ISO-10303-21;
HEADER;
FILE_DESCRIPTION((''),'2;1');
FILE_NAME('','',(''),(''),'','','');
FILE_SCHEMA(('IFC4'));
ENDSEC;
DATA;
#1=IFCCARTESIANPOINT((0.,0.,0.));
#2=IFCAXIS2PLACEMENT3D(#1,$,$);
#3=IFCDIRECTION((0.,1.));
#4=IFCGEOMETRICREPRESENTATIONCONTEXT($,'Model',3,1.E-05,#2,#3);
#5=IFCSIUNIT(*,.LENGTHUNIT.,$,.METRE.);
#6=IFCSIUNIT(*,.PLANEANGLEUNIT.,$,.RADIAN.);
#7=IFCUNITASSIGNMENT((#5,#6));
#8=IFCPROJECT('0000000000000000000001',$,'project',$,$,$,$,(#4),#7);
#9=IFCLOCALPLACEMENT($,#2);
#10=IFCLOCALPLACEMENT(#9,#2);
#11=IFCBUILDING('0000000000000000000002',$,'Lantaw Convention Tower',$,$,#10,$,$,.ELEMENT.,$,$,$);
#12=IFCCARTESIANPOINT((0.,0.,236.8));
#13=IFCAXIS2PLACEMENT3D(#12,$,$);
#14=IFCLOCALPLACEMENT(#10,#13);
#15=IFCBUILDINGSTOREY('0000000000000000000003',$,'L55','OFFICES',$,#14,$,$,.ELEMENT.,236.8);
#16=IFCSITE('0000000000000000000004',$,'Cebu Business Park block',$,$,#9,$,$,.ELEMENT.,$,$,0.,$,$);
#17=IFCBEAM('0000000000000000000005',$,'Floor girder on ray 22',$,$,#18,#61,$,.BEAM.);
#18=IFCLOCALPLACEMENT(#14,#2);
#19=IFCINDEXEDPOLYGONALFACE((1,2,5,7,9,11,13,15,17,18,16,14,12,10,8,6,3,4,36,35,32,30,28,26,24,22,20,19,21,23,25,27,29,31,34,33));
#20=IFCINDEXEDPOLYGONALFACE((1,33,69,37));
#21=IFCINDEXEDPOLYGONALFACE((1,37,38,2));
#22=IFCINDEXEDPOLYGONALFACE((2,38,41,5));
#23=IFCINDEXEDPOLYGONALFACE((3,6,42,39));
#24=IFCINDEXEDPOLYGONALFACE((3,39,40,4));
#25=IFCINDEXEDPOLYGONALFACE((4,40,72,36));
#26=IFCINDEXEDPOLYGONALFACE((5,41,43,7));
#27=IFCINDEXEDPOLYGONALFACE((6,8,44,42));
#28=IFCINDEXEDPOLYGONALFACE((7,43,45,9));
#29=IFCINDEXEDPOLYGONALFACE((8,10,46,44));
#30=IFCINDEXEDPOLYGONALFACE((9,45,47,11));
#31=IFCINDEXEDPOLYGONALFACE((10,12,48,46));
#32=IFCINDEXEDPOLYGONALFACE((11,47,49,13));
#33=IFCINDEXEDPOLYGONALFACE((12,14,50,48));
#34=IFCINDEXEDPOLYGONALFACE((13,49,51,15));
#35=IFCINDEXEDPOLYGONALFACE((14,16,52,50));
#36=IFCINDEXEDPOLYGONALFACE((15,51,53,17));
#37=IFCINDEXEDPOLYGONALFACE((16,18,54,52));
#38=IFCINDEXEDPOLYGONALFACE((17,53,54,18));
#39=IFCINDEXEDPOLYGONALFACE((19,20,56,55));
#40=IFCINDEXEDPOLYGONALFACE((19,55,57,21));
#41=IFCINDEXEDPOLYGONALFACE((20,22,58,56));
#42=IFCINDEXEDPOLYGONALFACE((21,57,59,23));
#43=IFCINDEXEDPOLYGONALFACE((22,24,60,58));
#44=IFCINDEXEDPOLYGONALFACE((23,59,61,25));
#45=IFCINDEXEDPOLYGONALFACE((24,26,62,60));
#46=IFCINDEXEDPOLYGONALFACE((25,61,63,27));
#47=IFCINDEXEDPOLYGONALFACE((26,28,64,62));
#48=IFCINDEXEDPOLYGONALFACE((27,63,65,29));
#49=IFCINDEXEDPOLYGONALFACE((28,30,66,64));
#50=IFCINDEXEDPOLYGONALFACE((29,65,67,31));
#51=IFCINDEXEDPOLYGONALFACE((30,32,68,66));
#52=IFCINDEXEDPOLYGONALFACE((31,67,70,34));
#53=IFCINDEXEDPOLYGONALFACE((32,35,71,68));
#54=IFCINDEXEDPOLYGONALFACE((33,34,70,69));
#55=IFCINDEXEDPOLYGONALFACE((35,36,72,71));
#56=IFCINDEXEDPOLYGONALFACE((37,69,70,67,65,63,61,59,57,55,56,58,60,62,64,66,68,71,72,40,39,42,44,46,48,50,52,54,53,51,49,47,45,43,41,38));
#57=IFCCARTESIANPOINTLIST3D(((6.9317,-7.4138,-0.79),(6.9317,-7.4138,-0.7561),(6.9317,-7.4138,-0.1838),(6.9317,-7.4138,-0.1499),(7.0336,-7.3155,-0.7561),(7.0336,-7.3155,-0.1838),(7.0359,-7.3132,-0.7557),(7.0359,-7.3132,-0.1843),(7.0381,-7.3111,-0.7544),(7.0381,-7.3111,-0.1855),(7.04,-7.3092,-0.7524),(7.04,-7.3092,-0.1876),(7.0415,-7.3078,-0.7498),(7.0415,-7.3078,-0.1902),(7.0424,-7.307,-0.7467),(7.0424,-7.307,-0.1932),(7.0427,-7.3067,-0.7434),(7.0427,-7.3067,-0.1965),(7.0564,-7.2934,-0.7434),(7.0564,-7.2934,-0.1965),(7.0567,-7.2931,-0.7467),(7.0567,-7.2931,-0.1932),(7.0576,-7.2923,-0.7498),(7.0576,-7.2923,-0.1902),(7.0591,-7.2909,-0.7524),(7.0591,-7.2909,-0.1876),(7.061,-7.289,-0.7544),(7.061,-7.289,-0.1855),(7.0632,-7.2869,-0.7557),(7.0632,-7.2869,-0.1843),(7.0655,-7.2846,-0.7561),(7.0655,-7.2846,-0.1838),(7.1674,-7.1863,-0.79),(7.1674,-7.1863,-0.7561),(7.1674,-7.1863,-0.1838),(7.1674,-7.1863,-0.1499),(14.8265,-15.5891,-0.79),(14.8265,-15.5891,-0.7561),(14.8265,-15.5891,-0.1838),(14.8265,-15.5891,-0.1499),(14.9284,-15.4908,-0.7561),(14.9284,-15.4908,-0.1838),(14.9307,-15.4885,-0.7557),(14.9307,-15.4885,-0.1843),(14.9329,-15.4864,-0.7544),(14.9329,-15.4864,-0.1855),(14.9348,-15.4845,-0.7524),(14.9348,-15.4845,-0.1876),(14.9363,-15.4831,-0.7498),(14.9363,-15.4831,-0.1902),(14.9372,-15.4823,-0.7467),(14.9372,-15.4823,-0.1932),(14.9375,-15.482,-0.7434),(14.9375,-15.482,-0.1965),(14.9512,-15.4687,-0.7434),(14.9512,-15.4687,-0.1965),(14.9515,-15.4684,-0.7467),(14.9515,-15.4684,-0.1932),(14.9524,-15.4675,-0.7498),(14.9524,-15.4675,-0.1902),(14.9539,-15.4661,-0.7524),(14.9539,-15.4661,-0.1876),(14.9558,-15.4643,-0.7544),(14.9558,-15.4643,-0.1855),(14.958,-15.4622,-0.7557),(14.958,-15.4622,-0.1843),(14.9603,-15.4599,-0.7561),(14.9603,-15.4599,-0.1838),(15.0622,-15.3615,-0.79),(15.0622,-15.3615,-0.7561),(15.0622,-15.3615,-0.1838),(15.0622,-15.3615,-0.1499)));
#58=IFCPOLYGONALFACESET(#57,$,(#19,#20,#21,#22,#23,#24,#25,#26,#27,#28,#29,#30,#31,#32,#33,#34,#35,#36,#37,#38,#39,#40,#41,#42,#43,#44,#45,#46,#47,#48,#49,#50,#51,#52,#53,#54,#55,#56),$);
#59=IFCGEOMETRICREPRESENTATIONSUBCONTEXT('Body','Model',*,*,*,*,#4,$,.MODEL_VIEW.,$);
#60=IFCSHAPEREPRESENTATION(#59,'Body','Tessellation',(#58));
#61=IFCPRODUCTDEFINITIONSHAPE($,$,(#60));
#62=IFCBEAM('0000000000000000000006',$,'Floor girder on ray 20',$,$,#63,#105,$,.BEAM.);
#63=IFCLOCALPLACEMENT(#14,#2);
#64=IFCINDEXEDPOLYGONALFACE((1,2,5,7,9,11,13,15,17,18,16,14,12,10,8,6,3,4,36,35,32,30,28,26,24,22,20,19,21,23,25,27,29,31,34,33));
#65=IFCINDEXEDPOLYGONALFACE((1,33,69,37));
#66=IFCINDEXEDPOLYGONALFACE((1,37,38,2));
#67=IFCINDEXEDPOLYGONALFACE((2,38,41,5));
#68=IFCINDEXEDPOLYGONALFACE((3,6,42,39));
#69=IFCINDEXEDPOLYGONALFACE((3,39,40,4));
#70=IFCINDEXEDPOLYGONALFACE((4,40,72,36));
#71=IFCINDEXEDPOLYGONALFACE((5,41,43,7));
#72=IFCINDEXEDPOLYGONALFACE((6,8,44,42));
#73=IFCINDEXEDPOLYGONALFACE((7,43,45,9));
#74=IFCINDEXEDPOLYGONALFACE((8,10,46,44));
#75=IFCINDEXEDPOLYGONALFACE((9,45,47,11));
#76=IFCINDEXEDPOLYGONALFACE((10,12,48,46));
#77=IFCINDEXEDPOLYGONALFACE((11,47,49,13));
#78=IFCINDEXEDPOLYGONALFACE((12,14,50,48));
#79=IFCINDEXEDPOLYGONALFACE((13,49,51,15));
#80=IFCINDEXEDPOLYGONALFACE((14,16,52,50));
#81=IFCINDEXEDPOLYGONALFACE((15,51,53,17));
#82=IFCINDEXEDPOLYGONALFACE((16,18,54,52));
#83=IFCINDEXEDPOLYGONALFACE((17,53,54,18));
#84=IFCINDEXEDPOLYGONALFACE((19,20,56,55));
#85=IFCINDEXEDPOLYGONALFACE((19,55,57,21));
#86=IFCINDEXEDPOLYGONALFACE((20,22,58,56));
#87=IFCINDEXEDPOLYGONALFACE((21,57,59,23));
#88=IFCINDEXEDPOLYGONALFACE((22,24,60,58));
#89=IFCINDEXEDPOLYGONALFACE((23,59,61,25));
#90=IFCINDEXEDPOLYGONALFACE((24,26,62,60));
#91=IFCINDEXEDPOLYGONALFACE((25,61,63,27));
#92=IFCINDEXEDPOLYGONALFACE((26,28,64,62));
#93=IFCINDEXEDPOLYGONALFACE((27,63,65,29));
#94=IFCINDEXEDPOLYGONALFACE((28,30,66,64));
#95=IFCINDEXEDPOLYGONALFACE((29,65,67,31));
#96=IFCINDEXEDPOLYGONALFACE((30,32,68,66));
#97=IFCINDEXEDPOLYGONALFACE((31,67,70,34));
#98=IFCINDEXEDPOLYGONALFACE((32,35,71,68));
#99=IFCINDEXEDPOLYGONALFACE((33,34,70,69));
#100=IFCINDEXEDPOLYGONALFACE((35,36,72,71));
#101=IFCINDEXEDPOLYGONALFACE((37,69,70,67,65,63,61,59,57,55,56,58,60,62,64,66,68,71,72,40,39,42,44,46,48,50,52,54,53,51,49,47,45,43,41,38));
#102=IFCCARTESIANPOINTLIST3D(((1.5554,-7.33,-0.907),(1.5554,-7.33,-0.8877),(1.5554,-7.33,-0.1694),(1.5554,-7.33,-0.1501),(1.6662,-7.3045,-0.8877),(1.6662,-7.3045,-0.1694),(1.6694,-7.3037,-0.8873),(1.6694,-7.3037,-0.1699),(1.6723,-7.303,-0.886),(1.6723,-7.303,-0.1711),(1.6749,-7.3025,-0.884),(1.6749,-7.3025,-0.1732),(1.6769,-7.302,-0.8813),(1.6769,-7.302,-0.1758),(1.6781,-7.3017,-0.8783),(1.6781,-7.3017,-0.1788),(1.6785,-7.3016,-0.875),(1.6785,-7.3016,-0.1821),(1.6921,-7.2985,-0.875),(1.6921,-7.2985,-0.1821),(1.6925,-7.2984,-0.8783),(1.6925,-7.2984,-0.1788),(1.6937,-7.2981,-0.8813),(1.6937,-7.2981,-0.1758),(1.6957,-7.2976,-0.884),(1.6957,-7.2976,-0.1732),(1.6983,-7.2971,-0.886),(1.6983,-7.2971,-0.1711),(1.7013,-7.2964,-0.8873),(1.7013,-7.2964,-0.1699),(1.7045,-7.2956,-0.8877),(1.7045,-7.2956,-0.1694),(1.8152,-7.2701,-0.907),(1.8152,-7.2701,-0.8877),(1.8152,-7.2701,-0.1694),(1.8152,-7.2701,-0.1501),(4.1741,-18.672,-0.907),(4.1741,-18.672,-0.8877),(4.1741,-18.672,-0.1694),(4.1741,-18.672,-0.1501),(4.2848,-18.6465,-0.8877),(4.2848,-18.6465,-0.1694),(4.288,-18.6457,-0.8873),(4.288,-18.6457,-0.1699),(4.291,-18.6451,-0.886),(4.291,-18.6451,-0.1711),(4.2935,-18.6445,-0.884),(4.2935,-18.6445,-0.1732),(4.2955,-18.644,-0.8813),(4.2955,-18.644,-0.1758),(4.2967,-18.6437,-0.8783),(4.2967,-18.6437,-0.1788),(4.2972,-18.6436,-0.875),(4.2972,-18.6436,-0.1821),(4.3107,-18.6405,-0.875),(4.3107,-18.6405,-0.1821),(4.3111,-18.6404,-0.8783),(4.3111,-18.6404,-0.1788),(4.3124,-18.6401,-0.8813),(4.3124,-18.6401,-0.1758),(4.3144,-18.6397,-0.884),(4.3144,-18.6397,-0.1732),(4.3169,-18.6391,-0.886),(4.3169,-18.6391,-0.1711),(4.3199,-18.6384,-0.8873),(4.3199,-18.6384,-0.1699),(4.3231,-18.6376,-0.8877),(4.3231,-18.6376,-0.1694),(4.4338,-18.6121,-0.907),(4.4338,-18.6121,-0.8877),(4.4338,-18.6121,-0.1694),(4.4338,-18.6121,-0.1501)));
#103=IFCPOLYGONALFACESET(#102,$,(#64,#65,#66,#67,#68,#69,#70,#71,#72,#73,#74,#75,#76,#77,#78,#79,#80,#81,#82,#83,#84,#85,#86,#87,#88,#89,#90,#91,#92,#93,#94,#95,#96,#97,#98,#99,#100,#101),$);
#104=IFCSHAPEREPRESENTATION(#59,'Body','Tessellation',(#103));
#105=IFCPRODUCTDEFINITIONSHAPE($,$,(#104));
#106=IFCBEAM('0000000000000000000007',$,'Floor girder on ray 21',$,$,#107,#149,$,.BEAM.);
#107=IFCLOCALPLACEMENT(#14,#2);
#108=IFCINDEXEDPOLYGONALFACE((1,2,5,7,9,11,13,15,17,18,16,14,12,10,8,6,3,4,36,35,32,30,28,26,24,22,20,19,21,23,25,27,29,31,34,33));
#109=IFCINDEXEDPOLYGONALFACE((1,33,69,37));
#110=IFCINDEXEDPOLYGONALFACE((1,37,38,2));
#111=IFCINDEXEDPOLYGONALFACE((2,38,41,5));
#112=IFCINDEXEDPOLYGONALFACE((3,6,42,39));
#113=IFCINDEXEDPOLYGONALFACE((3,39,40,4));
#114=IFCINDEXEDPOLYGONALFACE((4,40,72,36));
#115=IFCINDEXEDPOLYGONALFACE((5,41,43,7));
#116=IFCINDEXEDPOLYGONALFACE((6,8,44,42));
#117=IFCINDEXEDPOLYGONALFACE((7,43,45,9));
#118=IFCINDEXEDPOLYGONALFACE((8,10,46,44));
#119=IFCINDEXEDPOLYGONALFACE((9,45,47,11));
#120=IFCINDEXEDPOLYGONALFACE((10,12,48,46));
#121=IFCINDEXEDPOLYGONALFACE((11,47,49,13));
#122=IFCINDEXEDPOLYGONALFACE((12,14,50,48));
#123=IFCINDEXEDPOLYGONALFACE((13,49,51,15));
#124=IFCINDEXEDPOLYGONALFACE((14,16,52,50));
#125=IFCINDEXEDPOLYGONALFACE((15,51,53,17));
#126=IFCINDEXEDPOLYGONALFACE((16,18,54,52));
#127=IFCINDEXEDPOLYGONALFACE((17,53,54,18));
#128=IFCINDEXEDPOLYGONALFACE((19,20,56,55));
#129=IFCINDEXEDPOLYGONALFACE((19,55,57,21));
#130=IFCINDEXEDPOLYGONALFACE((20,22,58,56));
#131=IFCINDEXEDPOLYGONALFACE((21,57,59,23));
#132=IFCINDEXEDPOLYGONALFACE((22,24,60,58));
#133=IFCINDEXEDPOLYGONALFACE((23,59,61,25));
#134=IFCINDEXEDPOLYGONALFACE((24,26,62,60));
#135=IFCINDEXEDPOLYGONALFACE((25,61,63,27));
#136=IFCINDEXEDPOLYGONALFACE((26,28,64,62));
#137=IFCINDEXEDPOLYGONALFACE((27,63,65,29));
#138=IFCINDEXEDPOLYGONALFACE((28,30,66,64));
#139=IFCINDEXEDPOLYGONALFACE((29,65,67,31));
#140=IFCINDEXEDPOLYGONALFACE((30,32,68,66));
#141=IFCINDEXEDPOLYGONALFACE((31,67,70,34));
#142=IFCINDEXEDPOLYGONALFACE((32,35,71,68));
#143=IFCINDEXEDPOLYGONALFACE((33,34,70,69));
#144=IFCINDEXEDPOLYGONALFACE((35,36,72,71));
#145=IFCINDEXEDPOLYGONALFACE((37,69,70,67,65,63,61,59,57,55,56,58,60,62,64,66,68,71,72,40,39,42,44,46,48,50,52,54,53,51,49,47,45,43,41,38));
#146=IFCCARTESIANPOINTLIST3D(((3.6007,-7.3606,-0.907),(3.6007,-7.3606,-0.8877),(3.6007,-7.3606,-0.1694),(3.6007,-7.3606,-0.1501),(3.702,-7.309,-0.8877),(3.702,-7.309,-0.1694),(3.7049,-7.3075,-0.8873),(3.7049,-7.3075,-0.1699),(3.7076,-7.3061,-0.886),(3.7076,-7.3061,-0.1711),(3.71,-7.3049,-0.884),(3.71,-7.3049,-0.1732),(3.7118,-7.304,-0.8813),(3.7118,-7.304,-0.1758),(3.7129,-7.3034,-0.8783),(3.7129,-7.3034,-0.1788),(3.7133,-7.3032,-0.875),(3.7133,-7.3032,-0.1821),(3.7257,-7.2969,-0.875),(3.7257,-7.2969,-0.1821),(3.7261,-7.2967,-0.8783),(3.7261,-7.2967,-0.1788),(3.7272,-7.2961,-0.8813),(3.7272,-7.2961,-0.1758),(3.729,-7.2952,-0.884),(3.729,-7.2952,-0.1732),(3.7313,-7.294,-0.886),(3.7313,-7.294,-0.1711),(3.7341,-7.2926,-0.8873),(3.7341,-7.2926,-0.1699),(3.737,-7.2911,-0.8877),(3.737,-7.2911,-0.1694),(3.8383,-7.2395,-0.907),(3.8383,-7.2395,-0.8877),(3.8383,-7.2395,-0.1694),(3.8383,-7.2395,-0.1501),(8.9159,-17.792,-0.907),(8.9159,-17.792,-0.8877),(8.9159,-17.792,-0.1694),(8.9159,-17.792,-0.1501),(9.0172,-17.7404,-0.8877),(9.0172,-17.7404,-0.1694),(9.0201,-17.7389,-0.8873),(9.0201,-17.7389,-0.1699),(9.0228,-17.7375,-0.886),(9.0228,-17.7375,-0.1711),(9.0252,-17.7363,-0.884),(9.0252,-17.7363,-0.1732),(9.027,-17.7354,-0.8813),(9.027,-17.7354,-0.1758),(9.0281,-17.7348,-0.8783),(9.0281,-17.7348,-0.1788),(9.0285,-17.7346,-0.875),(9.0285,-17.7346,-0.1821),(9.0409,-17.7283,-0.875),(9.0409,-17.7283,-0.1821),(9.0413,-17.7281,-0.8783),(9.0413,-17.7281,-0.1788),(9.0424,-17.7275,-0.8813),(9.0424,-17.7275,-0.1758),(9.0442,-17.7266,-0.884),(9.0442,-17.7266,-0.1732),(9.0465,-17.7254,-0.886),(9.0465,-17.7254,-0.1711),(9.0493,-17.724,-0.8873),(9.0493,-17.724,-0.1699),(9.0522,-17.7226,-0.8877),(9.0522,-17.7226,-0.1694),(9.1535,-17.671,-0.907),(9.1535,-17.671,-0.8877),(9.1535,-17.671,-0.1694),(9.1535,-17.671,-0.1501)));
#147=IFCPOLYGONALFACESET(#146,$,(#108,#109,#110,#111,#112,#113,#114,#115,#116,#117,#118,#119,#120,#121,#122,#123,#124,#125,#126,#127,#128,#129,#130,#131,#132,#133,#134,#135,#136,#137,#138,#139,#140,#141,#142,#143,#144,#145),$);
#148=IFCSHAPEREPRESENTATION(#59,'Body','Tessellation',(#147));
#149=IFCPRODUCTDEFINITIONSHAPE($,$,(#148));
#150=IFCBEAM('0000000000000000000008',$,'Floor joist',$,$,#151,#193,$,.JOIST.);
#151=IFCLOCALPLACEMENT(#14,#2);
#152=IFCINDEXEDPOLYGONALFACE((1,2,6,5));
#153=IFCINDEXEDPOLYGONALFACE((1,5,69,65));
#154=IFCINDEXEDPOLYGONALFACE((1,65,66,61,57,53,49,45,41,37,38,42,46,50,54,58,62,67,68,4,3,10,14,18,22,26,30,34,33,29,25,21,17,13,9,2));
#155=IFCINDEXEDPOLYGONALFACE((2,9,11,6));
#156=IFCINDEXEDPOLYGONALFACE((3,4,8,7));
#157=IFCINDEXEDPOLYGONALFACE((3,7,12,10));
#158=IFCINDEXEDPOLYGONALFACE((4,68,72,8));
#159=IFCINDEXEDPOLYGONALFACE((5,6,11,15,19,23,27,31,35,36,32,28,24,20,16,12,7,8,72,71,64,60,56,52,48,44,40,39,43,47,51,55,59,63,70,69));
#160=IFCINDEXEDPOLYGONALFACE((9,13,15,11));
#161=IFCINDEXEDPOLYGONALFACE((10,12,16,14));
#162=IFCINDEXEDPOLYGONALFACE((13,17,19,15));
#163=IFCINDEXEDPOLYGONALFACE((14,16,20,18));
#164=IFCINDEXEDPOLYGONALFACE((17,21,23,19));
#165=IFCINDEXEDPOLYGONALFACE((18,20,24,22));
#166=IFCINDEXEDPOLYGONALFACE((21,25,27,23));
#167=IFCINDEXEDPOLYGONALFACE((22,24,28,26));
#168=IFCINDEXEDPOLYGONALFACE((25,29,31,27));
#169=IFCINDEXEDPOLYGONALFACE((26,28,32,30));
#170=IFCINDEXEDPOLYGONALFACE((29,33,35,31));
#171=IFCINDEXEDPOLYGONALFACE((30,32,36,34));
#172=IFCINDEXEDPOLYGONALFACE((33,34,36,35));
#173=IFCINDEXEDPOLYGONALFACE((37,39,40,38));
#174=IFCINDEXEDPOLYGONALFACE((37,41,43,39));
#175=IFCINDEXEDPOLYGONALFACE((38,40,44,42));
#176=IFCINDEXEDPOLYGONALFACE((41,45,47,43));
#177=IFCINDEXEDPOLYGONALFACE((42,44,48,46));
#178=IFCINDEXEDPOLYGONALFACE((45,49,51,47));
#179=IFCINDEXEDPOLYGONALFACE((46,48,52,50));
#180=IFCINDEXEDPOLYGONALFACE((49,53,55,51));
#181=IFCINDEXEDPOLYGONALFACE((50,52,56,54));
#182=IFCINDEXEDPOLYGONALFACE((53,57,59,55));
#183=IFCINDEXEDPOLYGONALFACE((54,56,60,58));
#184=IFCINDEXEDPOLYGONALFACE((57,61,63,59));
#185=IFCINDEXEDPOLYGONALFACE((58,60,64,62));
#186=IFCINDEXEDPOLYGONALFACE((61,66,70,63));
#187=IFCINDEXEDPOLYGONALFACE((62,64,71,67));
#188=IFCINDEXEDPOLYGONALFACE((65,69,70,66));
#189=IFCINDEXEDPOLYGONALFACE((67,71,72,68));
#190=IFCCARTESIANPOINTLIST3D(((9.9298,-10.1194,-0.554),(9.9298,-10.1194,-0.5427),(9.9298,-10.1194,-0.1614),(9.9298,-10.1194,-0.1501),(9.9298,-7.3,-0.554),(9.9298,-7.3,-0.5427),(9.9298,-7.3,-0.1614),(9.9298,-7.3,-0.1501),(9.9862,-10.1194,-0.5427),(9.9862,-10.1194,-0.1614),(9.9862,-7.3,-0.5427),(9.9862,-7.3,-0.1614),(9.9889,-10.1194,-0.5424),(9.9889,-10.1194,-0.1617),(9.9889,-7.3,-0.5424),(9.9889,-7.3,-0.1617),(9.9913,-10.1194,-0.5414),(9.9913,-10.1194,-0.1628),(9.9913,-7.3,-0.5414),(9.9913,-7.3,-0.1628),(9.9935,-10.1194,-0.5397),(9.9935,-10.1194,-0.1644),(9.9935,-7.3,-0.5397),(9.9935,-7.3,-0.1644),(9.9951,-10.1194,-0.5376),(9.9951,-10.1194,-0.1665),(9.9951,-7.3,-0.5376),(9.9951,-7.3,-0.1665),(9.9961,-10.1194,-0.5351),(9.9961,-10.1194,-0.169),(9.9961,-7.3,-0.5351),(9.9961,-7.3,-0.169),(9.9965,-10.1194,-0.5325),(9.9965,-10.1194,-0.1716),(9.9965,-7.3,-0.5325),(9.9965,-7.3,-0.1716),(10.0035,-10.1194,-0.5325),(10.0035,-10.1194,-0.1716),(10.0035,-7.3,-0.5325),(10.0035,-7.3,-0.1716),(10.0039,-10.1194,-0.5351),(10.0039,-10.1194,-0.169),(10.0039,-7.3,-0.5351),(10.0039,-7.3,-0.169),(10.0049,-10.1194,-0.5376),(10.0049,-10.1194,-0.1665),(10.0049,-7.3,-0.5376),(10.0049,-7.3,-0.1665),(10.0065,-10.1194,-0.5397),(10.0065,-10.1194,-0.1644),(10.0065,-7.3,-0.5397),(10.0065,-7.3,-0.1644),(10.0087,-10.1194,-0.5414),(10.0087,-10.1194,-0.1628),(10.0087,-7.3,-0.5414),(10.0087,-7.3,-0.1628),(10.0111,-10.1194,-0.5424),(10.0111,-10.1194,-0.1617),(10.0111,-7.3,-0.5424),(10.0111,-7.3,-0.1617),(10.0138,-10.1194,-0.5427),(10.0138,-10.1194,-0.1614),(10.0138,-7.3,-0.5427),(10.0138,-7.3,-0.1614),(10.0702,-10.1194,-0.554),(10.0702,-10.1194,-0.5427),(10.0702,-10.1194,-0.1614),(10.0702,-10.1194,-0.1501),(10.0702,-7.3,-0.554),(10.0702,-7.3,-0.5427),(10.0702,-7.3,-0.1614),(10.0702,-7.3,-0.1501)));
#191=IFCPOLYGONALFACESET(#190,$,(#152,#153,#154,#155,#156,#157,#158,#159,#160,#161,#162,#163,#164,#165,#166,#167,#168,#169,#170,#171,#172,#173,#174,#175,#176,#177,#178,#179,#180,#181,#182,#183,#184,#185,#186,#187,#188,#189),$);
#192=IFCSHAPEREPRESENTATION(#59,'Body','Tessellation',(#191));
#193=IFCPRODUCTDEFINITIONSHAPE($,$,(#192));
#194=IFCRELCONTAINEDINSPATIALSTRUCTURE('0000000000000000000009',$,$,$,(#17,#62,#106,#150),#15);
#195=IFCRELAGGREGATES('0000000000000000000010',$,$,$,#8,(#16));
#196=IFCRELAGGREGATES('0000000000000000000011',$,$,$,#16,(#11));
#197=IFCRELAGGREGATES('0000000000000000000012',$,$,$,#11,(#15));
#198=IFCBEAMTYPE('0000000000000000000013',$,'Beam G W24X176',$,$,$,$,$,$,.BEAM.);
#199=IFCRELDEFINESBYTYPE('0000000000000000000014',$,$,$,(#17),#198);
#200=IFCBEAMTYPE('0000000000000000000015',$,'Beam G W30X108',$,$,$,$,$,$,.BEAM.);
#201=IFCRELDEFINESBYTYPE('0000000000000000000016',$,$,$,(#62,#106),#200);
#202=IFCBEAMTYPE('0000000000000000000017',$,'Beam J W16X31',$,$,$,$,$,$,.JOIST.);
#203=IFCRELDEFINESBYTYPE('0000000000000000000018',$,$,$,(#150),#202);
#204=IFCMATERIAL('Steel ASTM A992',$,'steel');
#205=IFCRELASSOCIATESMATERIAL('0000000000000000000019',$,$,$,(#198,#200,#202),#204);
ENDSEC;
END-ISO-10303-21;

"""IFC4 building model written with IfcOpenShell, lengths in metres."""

from ifc_helpers import new_model, si_unit, direction, frame, origin, origin_2d, place, context, subcontext, project, spatial, i_section, extrude, material, material_profile, profile_set, type_object, element, save


model = new_model("IFC4")

# Units and contexts
model_context = context("Model", 3, precision=1e-05, world=origin(), true_north=direction((0.0, 1.0)))
body_context = subcontext(model_context, "Body", "Model", "MODEL_VIEW")
ifc_project = project(units=[si_unit("LENGTHUNIT", "METRE"), si_unit("PLANEANGLEUNIT", "RADIAN")], contexts=[model_context])

# Site, building, storey
site_placement = place(None, origin())
site = spatial("IfcSite", under=ifc_project, at=site_placement, Name="Cebu Business Park block", CompositionType="ELEMENT", RefElevation=0.0)
building_placement = place(site_placement, origin())
building = spatial("IfcBuilding", under=site, at=building_placement, Name="Lantaw Convention Tower", CompositionType="ELEMENT")
storey_placement = place(building_placement, frame((0.0, 0.0, 236.8)))
storey = spatial("IfcBuildingStorey", under=building, at=storey_placement, Name="L55", Description="OFFICES", CompositionType="ELEMENT", Elevation=236.8)

# Beams
ifc_material_1 = material(Name="Steel ASTM A992", Category="steel")
ifc_material_profile_1 = material_profile(ifc_material_1, i_section(OverallWidth=0.3276, OverallDepth=0.6401, WebThickness=0.019, FlangeThickness=0.0339, FilletRadius=0.0127, at=origin_2d()), Name="W24X176")
ifc_profile_set_1 = profile_set([ifc_material_profile_1], Name="Steel ASTM A992")
beam_type_1 = type_object("IfcBeamType", Name="Beam G W24X176", PredefinedType="BEAM", material=ifc_profile_set_1)
beam_1_placement = place(storey_placement, frame((7.0496, -7.3, -0.47), z_axis=(0.694658, -0.71934, 0.0), x_axis=(0.71934, 0.694658, 0.0)))
element("IfcBeam", 1, at=beam_1_placement, inside=storey, type_object=beam_type_1, Name="Floor girder on ray 22", PredefinedType="BEAM", context=body_context, shape_type="SweptSolid", body=[
    extrude(i_section(OverallWidth=0.3276, OverallDepth=0.6401, WebThickness=0.019, FlangeThickness=0.0339, FilletRadius=0.0127, at=origin_2d()), origin(), (0.0, 0.0, 1.0), 11.365),
])
ifc_material_profile_2 = material_profile(ifc_material_1, i_section(OverallWidth=0.2666, OverallDepth=0.7568, WebThickness=0.0139, FlangeThickness=0.0193, FilletRadius=0.0127, at=origin_2d()), Name="W30X108")
ifc_profile_set_2 = profile_set([ifc_material_profile_2], Name="Steel ASTM A992")
beam_type_2 = type_object("IfcBeamType", Name="Beam G W30X108", PredefinedType="BEAM", material=ifc_profile_set_2)
beam_2_placement = place(storey_placement, frame((1.6853, -7.3, -0.5286), z_axis=(0.224962, -0.974368, 0.0), x_axis=(0.974368, 0.224962, 0.0)))
element("IfcBeam", 2, at=beam_2_placement, inside=storey, type_object=beam_type_2, Name="Floor girder on ray 20", PredefinedType="BEAM", context=body_context, shape_type="SweptSolid", body=[
    extrude(i_section(OverallWidth=0.2666, OverallDepth=0.7568, WebThickness=0.0139, FlangeThickness=0.0193, FilletRadius=0.0127, at=origin_2d()), origin(), (0.0, 0.0, 1.0), 11.6404),
])
beam_3_placement = place(storey_placement, frame((3.7195, -7.3, -0.5286), z_axis=(0.453999, -0.891002, 0.0), x_axis=(0.891002, 0.453999, 0.0)))
element("IfcBeam", 3, at=beam_3_placement, inside=storey, type_object=beam_type_2, Name="Floor girder on ray 21", PredefinedType="BEAM", context=body_context, shape_type="SweptSolid", body=[
    extrude(i_section(OverallWidth=0.2666, OverallDepth=0.7568, WebThickness=0.0139, FlangeThickness=0.0193, FilletRadius=0.0127, at=origin_2d()), origin(), (0.0, 0.0, 1.0), 11.7075),
])
ifc_material_profile_3 = material_profile(ifc_material_1, i_section(OverallWidth=0.1404, OverallDepth=0.4038, WebThickness=0.0071, FlangeThickness=0.0112, FilletRadius=0.0103, at=origin_2d()), Name="W16X31")
ifc_profile_set_3 = profile_set([ifc_material_profile_3], Name="Steel ASTM A992")
beam_type_3 = type_object("IfcBeamType", Name="Beam J W16X31", PredefinedType="JOIST", material=ifc_profile_set_3)
beam_4_placement = place(storey_placement, frame((10.0, -10.1194, -0.3521), z_axis=(0.0, 1.0, 0.0), x_axis=(-1.0, 0.0, 0.0)))
element("IfcBeam", 4, at=beam_4_placement, inside=storey, type_object=beam_type_3, Name="Floor joist", PredefinedType="JOIST", context=body_context, shape_type="SweptSolid", body=[
    extrude(i_section(OverallWidth=0.1404, OverallDepth=0.4038, WebThickness=0.0071, FlangeThickness=0.0112, FilletRadius=0.0103, at=origin_2d()), origin(), (0.0, 0.0, 1.0), 2.8193),
])

save(model, "model.ifc")
